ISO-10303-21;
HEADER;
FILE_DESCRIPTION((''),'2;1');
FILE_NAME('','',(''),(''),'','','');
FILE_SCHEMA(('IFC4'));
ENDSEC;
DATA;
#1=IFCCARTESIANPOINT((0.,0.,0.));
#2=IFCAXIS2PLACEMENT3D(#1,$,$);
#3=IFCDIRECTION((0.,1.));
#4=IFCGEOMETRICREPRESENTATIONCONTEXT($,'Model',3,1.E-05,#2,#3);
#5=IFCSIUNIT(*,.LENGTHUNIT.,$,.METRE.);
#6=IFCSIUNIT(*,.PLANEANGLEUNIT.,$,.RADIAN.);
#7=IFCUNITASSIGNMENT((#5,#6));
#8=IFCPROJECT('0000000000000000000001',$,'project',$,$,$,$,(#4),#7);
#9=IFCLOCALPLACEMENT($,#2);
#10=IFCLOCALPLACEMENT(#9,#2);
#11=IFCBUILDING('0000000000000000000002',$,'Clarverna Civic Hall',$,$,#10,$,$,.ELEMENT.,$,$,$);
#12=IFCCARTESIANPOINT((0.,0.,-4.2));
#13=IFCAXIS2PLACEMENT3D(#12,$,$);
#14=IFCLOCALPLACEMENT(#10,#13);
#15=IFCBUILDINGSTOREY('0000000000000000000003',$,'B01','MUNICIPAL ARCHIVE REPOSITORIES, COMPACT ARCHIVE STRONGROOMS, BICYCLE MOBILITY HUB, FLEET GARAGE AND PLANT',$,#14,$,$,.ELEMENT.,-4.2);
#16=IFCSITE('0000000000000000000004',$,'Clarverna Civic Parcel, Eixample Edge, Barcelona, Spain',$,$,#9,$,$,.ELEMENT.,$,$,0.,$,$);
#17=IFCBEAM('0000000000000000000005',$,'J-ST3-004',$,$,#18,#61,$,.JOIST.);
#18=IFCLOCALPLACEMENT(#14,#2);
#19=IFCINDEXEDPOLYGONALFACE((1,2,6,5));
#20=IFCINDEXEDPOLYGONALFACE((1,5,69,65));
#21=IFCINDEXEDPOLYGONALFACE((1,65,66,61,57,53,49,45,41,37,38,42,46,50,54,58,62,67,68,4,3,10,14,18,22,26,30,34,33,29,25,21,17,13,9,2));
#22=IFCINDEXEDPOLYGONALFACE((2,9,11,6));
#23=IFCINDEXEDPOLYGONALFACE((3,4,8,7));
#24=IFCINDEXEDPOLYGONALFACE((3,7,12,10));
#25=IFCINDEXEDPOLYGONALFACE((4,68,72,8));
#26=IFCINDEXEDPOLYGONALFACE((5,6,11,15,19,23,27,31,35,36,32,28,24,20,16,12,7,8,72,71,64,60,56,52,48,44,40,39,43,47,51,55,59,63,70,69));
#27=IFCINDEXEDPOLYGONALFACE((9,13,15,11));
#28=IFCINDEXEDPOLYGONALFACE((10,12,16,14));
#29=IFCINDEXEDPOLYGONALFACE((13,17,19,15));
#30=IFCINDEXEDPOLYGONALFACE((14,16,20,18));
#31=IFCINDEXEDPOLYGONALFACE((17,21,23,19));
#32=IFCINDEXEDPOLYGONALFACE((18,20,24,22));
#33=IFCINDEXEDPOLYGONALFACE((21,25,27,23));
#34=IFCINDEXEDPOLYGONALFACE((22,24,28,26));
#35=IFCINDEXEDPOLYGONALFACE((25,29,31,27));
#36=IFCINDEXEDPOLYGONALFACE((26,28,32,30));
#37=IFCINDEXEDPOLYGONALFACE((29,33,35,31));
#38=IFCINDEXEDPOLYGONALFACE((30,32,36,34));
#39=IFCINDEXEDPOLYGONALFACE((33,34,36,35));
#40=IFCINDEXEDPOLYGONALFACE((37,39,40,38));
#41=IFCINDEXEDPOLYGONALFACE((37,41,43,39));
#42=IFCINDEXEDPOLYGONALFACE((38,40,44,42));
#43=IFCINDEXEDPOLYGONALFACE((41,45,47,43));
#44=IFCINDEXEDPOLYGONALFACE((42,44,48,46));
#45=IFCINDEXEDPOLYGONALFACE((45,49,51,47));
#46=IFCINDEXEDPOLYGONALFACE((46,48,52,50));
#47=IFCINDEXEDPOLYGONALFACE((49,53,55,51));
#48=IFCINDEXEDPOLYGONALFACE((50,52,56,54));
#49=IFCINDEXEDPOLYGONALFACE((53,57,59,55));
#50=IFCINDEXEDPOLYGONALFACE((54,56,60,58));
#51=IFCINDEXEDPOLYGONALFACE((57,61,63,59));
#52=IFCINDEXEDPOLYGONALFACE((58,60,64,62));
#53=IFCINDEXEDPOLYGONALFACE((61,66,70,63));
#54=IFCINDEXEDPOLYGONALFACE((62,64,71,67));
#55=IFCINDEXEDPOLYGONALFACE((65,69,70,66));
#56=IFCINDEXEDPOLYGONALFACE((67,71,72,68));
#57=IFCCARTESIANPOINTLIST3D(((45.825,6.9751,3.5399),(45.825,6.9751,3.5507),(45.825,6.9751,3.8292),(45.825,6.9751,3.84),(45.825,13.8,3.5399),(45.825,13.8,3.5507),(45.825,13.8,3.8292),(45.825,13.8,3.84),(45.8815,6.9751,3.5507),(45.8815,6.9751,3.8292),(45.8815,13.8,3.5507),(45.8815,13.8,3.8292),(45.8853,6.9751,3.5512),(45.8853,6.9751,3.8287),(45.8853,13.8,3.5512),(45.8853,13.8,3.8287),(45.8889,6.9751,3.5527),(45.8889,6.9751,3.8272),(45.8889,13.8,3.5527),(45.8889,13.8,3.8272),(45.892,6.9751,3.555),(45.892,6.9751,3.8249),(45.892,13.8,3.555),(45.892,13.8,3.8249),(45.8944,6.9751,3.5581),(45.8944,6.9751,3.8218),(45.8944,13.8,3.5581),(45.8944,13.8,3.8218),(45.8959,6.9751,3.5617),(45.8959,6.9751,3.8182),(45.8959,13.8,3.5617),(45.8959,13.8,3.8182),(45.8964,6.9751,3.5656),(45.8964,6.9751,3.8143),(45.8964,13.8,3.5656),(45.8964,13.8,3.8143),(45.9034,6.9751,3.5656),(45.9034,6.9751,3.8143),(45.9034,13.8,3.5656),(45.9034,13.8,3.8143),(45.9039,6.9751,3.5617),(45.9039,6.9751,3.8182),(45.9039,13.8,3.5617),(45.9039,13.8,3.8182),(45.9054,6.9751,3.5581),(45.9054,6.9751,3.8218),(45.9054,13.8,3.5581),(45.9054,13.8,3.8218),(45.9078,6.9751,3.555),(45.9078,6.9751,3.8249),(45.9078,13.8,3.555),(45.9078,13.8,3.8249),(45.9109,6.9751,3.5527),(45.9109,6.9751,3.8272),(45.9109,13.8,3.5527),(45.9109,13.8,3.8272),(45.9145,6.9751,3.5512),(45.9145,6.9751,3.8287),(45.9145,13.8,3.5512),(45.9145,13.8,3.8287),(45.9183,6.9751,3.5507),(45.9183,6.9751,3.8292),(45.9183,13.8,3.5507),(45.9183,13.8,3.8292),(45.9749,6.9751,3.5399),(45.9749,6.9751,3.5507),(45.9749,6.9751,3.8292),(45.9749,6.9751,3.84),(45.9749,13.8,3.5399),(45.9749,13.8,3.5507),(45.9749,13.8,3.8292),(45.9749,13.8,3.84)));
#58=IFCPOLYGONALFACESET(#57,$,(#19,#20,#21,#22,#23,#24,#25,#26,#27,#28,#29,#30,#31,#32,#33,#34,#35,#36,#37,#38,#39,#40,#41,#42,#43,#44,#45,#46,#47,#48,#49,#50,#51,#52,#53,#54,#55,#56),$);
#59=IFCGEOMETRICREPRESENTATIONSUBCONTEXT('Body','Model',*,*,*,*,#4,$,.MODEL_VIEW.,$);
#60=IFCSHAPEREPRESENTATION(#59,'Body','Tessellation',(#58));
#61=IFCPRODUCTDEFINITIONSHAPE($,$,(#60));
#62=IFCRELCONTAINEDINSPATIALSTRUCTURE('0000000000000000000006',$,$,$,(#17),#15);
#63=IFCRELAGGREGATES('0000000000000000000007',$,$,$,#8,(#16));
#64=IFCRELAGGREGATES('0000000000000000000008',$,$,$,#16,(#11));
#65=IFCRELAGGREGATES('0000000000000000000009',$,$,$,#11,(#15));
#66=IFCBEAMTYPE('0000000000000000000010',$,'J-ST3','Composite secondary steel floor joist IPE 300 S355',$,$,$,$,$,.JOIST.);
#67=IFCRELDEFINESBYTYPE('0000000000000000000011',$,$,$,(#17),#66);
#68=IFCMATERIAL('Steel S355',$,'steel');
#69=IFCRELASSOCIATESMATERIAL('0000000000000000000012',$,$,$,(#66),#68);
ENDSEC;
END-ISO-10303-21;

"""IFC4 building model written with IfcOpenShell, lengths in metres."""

from ifc_helpers import new_model, si_unit, direction, frame, origin, origin_2d, place, context, subcontext, project, spatial, i_section, extrude, material, material_profile, profile_set, type_object, element, save


model = new_model("IFC4")

# Units and contexts
model_context = context("Model", 3, precision=1e-05, world=origin(), true_north=direction((0.0, 1.0)))
body_context = subcontext(model_context, "Body", "Model", "MODEL_VIEW")
ifc_project = project(units=[si_unit("LENGTHUNIT", "METRE"), si_unit("PLANEANGLEUNIT", "RADIAN")], contexts=[model_context])

# Site, building, storey
site_placement = place(None, origin())
site = spatial("IfcSite", under=ifc_project, at=site_placement, Name="Clarverna Civic Parcel, Eixample Edge, Barcelona, Spain", CompositionType="ELEMENT", RefElevation=0.0)
building_placement = place(site_placement, origin())
building = spatial("IfcBuilding", under=site, at=building_placement, Name="Clarverna Civic Hall", CompositionType="ELEMENT")
storey_placement = place(building_placement, frame((0.0, 0.0, -4.2)))
storey = spatial("IfcBuildingStorey", under=building, at=storey_placement, Name="B01", Description="MUNICIPAL ARCHIVE REPOSITORIES, COMPACT ARCHIVE STRONGROOMS, BICYCLE MOBILITY HUB, FLEET GARAGE AND PLANT", CompositionType="ELEMENT", Elevation=-4.2)

# Beam
ifc_material_1 = material(Name="Steel S355", Category="steel")
ifc_material_profile_1 = material_profile(ifc_material_1, i_section(OverallWidth=0.1499, OverallDepth=0.3, WebThickness=0.0071, FlangeThickness=0.0107, FilletRadius=0.0149, at=origin_2d()), Name="IPE 300")
ifc_profile_set_1 = profile_set([ifc_material_profile_1], Name="Steel S355")
beam_type_1 = type_object("IfcBeamType", Name="J-ST3", Description="Composite secondary steel floor joist IPE 300 S355", PredefinedType="JOIST", material=ifc_profile_set_1)
beam_1_placement = place(storey_placement, frame((45.8999, 6.9751, 3.6899), z_axis=(0.0, 1.0, 0.0), x_axis=(-1.0, 0.0, 0.0)))
element("IfcBeam", 1, at=beam_1_placement, inside=storey, type_object=beam_type_1, Name="J-ST3-004", PredefinedType="JOIST", context=body_context, shape_type="SweptSolid", body=[
    extrude(i_section(OverallWidth=0.1499, OverallDepth=0.3, WebThickness=0.0071, FlangeThickness=0.0107, FilletRadius=0.0149, at=origin_2d()), origin(), (0.0, 0.0, 1.0), 6.825),
])

save(model, "model.ifc")
